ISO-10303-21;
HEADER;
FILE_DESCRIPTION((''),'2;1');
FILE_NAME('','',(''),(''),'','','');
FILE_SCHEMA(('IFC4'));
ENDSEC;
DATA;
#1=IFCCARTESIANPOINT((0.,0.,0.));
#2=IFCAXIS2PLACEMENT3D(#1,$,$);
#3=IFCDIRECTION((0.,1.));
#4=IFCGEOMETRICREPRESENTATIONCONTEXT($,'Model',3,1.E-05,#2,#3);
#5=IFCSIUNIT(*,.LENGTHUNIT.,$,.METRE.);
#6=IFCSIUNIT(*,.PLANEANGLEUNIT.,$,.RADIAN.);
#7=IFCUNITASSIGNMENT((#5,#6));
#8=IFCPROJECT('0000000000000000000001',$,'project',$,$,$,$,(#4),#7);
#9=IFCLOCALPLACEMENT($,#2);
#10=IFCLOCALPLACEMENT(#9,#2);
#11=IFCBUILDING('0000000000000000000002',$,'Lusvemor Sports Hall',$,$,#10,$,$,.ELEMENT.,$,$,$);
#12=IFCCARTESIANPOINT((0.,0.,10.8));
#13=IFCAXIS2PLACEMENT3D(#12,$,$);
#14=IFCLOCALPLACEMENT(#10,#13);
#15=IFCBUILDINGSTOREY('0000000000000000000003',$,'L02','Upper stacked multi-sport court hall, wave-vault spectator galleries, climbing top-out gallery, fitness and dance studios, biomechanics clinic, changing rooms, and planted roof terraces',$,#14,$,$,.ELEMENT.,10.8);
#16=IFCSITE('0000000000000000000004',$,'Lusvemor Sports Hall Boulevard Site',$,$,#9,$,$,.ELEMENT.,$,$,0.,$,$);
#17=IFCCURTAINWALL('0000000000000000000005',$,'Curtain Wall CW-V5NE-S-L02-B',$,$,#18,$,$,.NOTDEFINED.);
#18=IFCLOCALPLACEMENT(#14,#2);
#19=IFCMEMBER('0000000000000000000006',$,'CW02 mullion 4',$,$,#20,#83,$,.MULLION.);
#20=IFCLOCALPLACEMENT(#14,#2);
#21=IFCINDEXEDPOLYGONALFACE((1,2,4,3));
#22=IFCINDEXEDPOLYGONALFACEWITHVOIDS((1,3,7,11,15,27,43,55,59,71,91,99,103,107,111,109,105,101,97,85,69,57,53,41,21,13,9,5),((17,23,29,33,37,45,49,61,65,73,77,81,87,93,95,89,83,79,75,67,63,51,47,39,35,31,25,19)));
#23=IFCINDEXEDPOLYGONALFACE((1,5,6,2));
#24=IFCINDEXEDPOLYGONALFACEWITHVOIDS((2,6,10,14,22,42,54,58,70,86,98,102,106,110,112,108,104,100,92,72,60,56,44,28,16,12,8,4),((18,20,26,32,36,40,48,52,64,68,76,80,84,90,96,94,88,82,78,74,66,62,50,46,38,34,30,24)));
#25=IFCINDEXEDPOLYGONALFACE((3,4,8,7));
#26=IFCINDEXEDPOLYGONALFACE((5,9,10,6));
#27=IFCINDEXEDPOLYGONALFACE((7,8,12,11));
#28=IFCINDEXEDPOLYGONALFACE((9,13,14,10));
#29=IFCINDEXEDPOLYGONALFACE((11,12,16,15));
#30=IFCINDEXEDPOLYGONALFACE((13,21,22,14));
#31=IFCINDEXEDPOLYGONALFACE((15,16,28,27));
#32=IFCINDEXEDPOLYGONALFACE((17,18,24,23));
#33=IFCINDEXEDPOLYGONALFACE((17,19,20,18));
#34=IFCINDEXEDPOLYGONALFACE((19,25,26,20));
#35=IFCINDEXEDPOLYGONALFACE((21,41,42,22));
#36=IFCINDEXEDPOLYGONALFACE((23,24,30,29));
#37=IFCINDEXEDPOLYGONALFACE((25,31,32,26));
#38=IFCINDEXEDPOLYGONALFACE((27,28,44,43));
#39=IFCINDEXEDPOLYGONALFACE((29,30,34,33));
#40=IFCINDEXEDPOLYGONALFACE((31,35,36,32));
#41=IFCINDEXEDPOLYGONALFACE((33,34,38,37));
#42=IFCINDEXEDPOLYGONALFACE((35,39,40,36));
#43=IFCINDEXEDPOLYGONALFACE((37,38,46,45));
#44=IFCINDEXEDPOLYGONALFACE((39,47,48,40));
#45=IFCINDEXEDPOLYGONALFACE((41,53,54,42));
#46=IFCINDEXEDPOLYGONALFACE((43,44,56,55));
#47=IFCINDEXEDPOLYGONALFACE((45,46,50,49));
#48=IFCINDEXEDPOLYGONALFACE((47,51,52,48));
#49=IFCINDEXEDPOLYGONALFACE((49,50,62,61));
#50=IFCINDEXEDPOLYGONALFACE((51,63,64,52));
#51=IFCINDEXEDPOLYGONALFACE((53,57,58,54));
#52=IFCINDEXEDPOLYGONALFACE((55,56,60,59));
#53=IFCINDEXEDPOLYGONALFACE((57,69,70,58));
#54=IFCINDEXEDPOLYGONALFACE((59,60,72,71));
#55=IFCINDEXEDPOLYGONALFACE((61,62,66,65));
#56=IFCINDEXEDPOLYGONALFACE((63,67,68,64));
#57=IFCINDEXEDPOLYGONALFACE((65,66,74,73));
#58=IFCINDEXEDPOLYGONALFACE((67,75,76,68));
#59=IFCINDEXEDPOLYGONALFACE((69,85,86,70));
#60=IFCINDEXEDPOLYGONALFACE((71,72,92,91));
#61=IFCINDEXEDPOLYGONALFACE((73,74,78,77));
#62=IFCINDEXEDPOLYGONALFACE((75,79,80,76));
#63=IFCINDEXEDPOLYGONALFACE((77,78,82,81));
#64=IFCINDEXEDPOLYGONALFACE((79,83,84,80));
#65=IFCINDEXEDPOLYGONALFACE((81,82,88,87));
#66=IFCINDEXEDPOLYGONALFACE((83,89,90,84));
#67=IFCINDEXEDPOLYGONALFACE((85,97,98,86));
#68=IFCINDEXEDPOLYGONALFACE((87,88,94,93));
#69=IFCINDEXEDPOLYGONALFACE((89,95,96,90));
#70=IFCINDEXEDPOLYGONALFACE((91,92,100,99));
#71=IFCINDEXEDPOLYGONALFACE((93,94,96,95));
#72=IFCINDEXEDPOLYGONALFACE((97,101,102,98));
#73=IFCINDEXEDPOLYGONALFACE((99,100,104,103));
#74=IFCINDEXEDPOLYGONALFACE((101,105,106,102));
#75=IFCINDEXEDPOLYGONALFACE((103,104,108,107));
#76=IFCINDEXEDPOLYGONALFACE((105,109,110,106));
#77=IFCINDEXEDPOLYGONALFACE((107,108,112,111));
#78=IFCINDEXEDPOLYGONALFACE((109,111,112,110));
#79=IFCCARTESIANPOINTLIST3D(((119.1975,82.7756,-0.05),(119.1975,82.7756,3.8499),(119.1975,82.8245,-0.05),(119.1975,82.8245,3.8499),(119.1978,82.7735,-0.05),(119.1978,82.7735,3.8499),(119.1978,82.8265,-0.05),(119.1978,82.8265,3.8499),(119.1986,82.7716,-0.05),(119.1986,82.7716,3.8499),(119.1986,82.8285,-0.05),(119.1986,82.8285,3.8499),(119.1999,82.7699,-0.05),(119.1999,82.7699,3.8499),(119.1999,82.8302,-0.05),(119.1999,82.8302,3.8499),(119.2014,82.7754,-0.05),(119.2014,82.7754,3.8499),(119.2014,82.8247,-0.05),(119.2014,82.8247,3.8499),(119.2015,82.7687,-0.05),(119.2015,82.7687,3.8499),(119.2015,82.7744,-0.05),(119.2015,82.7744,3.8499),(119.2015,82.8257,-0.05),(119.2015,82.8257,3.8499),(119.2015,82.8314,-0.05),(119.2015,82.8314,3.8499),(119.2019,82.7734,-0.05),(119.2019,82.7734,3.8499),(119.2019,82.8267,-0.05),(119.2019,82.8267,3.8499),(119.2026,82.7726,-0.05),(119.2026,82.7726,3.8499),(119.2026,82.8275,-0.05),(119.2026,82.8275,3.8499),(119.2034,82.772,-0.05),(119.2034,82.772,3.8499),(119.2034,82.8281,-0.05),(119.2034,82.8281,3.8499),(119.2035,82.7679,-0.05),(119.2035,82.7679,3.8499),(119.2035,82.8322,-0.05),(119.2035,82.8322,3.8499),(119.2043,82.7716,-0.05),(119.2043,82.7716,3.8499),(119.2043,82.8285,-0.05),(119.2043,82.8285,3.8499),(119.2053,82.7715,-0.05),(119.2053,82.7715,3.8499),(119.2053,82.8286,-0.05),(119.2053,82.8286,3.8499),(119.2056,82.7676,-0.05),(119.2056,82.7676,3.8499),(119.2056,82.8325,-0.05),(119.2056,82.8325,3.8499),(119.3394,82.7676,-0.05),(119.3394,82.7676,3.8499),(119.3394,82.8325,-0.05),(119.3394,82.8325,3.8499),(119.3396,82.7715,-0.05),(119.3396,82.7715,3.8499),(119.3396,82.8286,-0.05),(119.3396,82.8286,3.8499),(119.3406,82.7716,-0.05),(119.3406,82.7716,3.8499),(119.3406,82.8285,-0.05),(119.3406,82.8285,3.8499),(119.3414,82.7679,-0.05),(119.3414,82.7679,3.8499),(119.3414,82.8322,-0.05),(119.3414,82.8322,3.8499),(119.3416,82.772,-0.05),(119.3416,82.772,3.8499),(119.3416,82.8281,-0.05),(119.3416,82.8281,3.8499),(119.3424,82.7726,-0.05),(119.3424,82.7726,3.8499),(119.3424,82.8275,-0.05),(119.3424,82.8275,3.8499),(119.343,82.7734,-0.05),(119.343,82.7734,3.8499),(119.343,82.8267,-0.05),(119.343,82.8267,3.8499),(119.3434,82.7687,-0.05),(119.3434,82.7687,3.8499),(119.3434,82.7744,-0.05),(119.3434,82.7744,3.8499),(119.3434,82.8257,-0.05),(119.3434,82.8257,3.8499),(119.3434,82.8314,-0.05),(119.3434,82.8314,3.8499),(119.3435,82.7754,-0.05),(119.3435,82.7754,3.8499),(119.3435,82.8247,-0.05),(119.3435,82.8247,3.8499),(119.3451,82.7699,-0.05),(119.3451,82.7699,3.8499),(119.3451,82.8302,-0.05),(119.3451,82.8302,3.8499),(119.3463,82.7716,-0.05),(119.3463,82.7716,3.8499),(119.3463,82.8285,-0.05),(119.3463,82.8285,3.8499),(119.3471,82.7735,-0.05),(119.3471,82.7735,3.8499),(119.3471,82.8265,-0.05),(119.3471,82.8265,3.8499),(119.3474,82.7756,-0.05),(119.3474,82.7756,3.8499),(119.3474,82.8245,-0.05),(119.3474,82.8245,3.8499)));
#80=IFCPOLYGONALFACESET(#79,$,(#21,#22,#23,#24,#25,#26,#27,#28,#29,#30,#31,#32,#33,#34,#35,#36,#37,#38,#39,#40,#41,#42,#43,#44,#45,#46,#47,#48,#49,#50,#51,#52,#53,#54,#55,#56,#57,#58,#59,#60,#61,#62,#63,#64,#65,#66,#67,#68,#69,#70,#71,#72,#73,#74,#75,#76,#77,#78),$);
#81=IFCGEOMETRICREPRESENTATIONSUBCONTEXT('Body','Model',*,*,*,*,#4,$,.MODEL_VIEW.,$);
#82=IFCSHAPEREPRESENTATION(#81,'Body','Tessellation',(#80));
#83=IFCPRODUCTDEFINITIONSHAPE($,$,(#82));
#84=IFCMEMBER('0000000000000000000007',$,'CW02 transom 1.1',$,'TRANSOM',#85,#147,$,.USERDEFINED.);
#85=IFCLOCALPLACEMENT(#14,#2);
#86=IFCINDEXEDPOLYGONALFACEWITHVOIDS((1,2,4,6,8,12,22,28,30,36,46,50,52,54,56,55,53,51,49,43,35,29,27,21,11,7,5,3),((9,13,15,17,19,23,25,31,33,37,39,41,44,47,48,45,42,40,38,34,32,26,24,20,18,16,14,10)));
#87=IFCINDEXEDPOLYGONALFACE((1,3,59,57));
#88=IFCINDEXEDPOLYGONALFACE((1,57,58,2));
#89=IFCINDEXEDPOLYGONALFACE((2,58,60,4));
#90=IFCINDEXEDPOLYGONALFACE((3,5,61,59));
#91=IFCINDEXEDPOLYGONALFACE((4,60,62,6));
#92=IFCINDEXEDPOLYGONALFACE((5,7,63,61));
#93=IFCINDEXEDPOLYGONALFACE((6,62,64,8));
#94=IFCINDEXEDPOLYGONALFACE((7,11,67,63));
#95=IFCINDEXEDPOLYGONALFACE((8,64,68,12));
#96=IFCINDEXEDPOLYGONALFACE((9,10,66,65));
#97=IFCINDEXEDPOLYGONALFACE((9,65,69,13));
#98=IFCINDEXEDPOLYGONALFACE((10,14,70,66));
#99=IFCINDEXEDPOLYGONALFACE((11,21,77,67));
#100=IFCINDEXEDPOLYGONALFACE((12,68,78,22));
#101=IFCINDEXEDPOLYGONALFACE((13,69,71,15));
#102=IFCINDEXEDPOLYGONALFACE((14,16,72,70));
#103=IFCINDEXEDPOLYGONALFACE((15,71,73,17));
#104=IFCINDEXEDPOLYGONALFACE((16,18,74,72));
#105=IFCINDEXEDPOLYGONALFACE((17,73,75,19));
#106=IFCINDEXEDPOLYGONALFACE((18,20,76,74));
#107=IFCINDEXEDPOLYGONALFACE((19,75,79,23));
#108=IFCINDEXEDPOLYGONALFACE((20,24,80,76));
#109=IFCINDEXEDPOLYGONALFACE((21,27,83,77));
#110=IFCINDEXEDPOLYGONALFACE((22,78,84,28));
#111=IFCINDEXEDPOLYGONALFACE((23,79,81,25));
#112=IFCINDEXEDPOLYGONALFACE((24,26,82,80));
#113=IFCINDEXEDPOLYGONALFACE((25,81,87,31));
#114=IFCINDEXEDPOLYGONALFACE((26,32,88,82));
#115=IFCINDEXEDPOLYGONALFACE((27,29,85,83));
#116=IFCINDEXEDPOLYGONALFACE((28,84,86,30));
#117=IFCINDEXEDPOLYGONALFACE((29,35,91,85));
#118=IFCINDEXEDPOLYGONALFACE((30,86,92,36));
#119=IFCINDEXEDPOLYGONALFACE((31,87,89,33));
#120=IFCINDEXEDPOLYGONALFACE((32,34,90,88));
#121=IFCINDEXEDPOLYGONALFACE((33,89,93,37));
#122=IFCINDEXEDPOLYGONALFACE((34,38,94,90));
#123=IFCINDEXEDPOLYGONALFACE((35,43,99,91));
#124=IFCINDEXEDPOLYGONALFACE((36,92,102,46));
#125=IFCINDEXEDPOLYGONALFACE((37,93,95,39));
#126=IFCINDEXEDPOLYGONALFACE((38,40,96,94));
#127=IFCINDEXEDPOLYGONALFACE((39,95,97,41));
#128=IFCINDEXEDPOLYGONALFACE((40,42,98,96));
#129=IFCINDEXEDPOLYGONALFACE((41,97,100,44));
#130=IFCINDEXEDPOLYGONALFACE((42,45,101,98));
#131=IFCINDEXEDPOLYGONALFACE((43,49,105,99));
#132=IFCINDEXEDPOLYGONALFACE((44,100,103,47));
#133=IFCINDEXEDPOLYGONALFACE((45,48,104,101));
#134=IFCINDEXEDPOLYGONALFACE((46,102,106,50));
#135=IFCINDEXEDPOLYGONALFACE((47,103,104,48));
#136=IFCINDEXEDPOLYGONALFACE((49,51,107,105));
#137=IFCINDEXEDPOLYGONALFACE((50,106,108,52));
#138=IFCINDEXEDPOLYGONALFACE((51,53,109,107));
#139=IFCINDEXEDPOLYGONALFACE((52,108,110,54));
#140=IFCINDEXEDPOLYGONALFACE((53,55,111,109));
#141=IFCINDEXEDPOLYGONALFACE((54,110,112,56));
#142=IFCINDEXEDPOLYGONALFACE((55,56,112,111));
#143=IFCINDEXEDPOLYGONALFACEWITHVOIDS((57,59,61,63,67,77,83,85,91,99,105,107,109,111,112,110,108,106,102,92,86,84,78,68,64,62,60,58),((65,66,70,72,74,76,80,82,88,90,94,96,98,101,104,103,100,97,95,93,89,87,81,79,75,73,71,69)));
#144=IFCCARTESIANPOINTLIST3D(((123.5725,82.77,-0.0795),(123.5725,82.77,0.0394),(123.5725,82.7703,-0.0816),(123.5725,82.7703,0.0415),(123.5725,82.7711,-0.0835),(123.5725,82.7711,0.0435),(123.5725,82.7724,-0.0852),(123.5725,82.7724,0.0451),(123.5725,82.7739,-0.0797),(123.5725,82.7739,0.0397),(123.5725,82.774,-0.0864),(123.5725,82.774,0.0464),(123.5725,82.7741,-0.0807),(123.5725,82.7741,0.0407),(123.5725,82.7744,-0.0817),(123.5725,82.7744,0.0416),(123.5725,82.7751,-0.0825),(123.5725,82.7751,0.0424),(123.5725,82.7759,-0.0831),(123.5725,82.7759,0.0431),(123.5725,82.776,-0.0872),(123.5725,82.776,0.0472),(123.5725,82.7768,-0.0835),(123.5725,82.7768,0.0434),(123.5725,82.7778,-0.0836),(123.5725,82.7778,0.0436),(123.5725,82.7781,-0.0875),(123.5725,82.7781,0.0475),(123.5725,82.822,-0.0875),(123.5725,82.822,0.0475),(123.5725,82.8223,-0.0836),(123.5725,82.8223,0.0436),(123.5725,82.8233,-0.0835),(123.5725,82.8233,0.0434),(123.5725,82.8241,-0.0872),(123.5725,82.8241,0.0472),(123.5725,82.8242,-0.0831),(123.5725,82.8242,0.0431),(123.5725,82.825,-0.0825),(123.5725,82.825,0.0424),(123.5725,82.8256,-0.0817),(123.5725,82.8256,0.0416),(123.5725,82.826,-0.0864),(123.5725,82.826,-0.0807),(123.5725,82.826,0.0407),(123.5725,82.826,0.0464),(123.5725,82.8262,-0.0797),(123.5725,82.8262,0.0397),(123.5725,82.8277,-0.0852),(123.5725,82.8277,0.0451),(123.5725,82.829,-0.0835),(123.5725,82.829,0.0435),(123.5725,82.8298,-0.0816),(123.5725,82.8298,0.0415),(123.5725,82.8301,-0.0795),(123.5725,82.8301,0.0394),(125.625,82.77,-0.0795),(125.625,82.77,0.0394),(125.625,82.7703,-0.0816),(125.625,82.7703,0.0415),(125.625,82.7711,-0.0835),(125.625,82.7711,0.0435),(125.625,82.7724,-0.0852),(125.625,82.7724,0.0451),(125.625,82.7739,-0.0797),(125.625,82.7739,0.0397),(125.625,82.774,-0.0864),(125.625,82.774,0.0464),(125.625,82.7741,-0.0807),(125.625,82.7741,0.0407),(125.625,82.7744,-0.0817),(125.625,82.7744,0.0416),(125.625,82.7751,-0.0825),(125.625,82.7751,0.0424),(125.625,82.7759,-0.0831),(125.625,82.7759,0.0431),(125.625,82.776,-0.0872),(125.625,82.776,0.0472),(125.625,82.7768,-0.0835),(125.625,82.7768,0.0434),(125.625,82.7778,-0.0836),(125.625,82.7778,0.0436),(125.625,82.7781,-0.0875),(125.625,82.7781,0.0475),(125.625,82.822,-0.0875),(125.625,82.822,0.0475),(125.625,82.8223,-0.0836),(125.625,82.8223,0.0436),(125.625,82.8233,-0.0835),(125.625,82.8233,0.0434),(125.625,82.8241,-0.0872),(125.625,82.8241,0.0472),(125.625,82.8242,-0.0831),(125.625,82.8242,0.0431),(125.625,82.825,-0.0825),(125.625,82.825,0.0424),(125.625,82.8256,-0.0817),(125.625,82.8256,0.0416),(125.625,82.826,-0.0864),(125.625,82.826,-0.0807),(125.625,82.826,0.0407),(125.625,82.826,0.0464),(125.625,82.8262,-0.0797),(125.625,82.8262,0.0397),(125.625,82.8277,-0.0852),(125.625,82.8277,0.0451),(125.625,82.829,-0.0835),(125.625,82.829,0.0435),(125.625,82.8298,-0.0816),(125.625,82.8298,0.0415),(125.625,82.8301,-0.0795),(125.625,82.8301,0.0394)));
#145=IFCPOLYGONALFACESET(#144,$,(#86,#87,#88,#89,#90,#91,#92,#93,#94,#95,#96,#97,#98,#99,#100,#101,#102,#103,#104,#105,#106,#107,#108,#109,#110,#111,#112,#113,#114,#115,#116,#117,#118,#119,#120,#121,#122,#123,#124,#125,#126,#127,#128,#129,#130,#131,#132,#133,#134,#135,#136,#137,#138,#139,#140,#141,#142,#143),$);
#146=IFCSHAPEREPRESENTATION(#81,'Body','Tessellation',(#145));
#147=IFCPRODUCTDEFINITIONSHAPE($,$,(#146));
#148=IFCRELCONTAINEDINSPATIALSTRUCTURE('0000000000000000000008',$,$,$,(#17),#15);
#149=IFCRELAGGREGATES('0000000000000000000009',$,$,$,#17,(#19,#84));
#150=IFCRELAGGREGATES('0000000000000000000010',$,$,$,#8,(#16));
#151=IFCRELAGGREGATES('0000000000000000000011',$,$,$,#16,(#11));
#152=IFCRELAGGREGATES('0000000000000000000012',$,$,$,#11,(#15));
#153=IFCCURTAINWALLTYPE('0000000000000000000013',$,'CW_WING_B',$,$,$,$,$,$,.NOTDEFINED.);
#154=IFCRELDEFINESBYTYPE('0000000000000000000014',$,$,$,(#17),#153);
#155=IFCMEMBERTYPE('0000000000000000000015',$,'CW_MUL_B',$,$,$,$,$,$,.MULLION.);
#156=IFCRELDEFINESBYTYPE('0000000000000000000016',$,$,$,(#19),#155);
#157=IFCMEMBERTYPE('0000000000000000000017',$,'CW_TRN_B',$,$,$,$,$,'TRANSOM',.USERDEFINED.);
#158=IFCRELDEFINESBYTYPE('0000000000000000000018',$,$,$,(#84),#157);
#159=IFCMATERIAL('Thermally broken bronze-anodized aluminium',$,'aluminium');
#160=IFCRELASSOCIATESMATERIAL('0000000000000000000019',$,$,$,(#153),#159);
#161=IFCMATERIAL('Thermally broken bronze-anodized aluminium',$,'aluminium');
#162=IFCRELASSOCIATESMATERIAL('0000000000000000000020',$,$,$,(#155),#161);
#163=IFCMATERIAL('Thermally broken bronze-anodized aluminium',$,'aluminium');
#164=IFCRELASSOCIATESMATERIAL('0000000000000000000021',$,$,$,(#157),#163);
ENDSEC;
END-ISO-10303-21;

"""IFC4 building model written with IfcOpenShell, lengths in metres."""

from ifc_helpers import new_model, si_unit, direction, frame, origin, origin_2d, place, context, subcontext, project, spatial, hollow_rectangle, extrude, material, material_profile, profile_set, type_object, element, aggregate, save


model = new_model("IFC4")

# Units and contexts
model_context = context("Model", 3, precision=1e-05, world=origin(), true_north=direction((0.0, 1.0)))
body_context = subcontext(model_context, "Body", "Model", "MODEL_VIEW")
ifc_project = project(units=[si_unit("LENGTHUNIT", "METRE"), si_unit("PLANEANGLEUNIT", "RADIAN")], contexts=[model_context])

# Site, building, storey
site_placement = place(None, origin())
site = spatial("IfcSite", under=ifc_project, at=site_placement, Name="Lusvemor Sports Hall Boulevard Site", CompositionType="ELEMENT", RefElevation=0.0)
building_placement = place(site_placement, origin())
building = spatial("IfcBuilding", under=site, at=building_placement, Name="Lusvemor Sports Hall", CompositionType="ELEMENT")
storey_placement = place(building_placement, frame((0.0, 0.0, 10.8)))
storey = spatial("IfcBuildingStorey", under=building, at=storey_placement, Name="L02", Description="Upper stacked multi-sport court hall, wave-vault spectator galleries, climbing top-out gallery, fitness and dance studios, biomechanics clinic, changing rooms, and planted roof terraces", CompositionType="ELEMENT", Elevation=10.8)

# Curtain wall, members
ifc_material_1 = material(Name="Thermally broken bronze-anodized aluminium", Category="aluminium")
curtain_wall_type = type_object("IfcCurtainWallType", Name="CW_WING_B", PredefinedType="NOTDEFINED", material=ifc_material_1)
curtain_wall_placement = place(storey_placement, origin())
curtain_wall = element("IfcCurtainWall", 1, at=curtain_wall_placement, inside=storey, type_object=curtain_wall_type, Name="Curtain Wall CW-V5NE-S-L02-B", PredefinedType="NOTDEFINED")
ifc_material_2 = material(Name="Thermally broken bronze-anodized aluminium", Category="aluminium")
ifc_material_profile_1 = material_profile(ifc_material_2, hollow_rectangle(XDim=0.0649, YDim=0.1499, WallThickness=0.0039, InnerFilletRadius=0.0039, OuterFilletRadius=0.0081, at=origin_2d()), Name="CWMUL150x65x4")
ifc_profile_set_1 = profile_set([ifc_material_profile_1], Name="Thermally broken bronze-anodized aluminium")
member_type_1 = type_object("IfcMemberType", Name="CW_MUL_B", PredefinedType="MULLION", material=ifc_profile_set_1)
member_1_placement = place(storey_placement, frame((119.2725, 82.8, -0.05), z_axis=(0.0, 0.0, 1.0), x_axis=(0.0, -1.0, 0.0)))
member_1 = element("IfcMember", 2, at=member_1_placement, type_object=member_type_1, Name="CW02 mullion 4", PredefinedType="MULLION", context=body_context, shape_type="SweptSolid", body=[
    extrude(hollow_rectangle(XDim=0.0649, YDim=0.1499, WallThickness=0.0039, InnerFilletRadius=0.0039, OuterFilletRadius=0.0081, at=origin_2d()), origin(), (0.0, 0.0, 1.0), 3.8999),
])
ifc_material_3 = material(Name="Thermally broken bronze-anodized aluminium", Category="aluminium")
ifc_material_profile_2 = material_profile(ifc_material_3, hollow_rectangle(XDim=0.0601, YDim=0.135, WallThickness=0.0039, InnerFilletRadius=0.0039, OuterFilletRadius=0.0081, at=origin_2d()), Name="CWTRN135x60x4")
ifc_profile_set_2 = profile_set([ifc_material_profile_2], Name="Thermally broken bronze-anodized aluminium")
member_type_2 = type_object("IfcMemberType", Name="CW_TRN_B", ElementType="TRANSOM", PredefinedType="USERDEFINED", material=ifc_profile_set_2)
member_2_placement = place(storey_placement, frame((125.625, 82.8, -0.02), z_axis=(-1.0, 0.0, 0.0), x_axis=(0.0, -1.0, 0.0)))
member_2 = element("IfcMember", 3, at=member_2_placement, type_object=member_type_2, Name="CW02 transom 1.1", ObjectType="TRANSOM", PredefinedType="USERDEFINED", context=body_context, shape_type="SweptSolid", body=[
    extrude(hollow_rectangle(XDim=0.0601, YDim=0.135, WallThickness=0.0039, InnerFilletRadius=0.0039, OuterFilletRadius=0.0081, at=origin_2d()), origin(), (0.0, 0.0, 1.0), 2.0525),
])
aggregate(curtain_wall, [member_1, member_2])

save(model, "model.ifc")
